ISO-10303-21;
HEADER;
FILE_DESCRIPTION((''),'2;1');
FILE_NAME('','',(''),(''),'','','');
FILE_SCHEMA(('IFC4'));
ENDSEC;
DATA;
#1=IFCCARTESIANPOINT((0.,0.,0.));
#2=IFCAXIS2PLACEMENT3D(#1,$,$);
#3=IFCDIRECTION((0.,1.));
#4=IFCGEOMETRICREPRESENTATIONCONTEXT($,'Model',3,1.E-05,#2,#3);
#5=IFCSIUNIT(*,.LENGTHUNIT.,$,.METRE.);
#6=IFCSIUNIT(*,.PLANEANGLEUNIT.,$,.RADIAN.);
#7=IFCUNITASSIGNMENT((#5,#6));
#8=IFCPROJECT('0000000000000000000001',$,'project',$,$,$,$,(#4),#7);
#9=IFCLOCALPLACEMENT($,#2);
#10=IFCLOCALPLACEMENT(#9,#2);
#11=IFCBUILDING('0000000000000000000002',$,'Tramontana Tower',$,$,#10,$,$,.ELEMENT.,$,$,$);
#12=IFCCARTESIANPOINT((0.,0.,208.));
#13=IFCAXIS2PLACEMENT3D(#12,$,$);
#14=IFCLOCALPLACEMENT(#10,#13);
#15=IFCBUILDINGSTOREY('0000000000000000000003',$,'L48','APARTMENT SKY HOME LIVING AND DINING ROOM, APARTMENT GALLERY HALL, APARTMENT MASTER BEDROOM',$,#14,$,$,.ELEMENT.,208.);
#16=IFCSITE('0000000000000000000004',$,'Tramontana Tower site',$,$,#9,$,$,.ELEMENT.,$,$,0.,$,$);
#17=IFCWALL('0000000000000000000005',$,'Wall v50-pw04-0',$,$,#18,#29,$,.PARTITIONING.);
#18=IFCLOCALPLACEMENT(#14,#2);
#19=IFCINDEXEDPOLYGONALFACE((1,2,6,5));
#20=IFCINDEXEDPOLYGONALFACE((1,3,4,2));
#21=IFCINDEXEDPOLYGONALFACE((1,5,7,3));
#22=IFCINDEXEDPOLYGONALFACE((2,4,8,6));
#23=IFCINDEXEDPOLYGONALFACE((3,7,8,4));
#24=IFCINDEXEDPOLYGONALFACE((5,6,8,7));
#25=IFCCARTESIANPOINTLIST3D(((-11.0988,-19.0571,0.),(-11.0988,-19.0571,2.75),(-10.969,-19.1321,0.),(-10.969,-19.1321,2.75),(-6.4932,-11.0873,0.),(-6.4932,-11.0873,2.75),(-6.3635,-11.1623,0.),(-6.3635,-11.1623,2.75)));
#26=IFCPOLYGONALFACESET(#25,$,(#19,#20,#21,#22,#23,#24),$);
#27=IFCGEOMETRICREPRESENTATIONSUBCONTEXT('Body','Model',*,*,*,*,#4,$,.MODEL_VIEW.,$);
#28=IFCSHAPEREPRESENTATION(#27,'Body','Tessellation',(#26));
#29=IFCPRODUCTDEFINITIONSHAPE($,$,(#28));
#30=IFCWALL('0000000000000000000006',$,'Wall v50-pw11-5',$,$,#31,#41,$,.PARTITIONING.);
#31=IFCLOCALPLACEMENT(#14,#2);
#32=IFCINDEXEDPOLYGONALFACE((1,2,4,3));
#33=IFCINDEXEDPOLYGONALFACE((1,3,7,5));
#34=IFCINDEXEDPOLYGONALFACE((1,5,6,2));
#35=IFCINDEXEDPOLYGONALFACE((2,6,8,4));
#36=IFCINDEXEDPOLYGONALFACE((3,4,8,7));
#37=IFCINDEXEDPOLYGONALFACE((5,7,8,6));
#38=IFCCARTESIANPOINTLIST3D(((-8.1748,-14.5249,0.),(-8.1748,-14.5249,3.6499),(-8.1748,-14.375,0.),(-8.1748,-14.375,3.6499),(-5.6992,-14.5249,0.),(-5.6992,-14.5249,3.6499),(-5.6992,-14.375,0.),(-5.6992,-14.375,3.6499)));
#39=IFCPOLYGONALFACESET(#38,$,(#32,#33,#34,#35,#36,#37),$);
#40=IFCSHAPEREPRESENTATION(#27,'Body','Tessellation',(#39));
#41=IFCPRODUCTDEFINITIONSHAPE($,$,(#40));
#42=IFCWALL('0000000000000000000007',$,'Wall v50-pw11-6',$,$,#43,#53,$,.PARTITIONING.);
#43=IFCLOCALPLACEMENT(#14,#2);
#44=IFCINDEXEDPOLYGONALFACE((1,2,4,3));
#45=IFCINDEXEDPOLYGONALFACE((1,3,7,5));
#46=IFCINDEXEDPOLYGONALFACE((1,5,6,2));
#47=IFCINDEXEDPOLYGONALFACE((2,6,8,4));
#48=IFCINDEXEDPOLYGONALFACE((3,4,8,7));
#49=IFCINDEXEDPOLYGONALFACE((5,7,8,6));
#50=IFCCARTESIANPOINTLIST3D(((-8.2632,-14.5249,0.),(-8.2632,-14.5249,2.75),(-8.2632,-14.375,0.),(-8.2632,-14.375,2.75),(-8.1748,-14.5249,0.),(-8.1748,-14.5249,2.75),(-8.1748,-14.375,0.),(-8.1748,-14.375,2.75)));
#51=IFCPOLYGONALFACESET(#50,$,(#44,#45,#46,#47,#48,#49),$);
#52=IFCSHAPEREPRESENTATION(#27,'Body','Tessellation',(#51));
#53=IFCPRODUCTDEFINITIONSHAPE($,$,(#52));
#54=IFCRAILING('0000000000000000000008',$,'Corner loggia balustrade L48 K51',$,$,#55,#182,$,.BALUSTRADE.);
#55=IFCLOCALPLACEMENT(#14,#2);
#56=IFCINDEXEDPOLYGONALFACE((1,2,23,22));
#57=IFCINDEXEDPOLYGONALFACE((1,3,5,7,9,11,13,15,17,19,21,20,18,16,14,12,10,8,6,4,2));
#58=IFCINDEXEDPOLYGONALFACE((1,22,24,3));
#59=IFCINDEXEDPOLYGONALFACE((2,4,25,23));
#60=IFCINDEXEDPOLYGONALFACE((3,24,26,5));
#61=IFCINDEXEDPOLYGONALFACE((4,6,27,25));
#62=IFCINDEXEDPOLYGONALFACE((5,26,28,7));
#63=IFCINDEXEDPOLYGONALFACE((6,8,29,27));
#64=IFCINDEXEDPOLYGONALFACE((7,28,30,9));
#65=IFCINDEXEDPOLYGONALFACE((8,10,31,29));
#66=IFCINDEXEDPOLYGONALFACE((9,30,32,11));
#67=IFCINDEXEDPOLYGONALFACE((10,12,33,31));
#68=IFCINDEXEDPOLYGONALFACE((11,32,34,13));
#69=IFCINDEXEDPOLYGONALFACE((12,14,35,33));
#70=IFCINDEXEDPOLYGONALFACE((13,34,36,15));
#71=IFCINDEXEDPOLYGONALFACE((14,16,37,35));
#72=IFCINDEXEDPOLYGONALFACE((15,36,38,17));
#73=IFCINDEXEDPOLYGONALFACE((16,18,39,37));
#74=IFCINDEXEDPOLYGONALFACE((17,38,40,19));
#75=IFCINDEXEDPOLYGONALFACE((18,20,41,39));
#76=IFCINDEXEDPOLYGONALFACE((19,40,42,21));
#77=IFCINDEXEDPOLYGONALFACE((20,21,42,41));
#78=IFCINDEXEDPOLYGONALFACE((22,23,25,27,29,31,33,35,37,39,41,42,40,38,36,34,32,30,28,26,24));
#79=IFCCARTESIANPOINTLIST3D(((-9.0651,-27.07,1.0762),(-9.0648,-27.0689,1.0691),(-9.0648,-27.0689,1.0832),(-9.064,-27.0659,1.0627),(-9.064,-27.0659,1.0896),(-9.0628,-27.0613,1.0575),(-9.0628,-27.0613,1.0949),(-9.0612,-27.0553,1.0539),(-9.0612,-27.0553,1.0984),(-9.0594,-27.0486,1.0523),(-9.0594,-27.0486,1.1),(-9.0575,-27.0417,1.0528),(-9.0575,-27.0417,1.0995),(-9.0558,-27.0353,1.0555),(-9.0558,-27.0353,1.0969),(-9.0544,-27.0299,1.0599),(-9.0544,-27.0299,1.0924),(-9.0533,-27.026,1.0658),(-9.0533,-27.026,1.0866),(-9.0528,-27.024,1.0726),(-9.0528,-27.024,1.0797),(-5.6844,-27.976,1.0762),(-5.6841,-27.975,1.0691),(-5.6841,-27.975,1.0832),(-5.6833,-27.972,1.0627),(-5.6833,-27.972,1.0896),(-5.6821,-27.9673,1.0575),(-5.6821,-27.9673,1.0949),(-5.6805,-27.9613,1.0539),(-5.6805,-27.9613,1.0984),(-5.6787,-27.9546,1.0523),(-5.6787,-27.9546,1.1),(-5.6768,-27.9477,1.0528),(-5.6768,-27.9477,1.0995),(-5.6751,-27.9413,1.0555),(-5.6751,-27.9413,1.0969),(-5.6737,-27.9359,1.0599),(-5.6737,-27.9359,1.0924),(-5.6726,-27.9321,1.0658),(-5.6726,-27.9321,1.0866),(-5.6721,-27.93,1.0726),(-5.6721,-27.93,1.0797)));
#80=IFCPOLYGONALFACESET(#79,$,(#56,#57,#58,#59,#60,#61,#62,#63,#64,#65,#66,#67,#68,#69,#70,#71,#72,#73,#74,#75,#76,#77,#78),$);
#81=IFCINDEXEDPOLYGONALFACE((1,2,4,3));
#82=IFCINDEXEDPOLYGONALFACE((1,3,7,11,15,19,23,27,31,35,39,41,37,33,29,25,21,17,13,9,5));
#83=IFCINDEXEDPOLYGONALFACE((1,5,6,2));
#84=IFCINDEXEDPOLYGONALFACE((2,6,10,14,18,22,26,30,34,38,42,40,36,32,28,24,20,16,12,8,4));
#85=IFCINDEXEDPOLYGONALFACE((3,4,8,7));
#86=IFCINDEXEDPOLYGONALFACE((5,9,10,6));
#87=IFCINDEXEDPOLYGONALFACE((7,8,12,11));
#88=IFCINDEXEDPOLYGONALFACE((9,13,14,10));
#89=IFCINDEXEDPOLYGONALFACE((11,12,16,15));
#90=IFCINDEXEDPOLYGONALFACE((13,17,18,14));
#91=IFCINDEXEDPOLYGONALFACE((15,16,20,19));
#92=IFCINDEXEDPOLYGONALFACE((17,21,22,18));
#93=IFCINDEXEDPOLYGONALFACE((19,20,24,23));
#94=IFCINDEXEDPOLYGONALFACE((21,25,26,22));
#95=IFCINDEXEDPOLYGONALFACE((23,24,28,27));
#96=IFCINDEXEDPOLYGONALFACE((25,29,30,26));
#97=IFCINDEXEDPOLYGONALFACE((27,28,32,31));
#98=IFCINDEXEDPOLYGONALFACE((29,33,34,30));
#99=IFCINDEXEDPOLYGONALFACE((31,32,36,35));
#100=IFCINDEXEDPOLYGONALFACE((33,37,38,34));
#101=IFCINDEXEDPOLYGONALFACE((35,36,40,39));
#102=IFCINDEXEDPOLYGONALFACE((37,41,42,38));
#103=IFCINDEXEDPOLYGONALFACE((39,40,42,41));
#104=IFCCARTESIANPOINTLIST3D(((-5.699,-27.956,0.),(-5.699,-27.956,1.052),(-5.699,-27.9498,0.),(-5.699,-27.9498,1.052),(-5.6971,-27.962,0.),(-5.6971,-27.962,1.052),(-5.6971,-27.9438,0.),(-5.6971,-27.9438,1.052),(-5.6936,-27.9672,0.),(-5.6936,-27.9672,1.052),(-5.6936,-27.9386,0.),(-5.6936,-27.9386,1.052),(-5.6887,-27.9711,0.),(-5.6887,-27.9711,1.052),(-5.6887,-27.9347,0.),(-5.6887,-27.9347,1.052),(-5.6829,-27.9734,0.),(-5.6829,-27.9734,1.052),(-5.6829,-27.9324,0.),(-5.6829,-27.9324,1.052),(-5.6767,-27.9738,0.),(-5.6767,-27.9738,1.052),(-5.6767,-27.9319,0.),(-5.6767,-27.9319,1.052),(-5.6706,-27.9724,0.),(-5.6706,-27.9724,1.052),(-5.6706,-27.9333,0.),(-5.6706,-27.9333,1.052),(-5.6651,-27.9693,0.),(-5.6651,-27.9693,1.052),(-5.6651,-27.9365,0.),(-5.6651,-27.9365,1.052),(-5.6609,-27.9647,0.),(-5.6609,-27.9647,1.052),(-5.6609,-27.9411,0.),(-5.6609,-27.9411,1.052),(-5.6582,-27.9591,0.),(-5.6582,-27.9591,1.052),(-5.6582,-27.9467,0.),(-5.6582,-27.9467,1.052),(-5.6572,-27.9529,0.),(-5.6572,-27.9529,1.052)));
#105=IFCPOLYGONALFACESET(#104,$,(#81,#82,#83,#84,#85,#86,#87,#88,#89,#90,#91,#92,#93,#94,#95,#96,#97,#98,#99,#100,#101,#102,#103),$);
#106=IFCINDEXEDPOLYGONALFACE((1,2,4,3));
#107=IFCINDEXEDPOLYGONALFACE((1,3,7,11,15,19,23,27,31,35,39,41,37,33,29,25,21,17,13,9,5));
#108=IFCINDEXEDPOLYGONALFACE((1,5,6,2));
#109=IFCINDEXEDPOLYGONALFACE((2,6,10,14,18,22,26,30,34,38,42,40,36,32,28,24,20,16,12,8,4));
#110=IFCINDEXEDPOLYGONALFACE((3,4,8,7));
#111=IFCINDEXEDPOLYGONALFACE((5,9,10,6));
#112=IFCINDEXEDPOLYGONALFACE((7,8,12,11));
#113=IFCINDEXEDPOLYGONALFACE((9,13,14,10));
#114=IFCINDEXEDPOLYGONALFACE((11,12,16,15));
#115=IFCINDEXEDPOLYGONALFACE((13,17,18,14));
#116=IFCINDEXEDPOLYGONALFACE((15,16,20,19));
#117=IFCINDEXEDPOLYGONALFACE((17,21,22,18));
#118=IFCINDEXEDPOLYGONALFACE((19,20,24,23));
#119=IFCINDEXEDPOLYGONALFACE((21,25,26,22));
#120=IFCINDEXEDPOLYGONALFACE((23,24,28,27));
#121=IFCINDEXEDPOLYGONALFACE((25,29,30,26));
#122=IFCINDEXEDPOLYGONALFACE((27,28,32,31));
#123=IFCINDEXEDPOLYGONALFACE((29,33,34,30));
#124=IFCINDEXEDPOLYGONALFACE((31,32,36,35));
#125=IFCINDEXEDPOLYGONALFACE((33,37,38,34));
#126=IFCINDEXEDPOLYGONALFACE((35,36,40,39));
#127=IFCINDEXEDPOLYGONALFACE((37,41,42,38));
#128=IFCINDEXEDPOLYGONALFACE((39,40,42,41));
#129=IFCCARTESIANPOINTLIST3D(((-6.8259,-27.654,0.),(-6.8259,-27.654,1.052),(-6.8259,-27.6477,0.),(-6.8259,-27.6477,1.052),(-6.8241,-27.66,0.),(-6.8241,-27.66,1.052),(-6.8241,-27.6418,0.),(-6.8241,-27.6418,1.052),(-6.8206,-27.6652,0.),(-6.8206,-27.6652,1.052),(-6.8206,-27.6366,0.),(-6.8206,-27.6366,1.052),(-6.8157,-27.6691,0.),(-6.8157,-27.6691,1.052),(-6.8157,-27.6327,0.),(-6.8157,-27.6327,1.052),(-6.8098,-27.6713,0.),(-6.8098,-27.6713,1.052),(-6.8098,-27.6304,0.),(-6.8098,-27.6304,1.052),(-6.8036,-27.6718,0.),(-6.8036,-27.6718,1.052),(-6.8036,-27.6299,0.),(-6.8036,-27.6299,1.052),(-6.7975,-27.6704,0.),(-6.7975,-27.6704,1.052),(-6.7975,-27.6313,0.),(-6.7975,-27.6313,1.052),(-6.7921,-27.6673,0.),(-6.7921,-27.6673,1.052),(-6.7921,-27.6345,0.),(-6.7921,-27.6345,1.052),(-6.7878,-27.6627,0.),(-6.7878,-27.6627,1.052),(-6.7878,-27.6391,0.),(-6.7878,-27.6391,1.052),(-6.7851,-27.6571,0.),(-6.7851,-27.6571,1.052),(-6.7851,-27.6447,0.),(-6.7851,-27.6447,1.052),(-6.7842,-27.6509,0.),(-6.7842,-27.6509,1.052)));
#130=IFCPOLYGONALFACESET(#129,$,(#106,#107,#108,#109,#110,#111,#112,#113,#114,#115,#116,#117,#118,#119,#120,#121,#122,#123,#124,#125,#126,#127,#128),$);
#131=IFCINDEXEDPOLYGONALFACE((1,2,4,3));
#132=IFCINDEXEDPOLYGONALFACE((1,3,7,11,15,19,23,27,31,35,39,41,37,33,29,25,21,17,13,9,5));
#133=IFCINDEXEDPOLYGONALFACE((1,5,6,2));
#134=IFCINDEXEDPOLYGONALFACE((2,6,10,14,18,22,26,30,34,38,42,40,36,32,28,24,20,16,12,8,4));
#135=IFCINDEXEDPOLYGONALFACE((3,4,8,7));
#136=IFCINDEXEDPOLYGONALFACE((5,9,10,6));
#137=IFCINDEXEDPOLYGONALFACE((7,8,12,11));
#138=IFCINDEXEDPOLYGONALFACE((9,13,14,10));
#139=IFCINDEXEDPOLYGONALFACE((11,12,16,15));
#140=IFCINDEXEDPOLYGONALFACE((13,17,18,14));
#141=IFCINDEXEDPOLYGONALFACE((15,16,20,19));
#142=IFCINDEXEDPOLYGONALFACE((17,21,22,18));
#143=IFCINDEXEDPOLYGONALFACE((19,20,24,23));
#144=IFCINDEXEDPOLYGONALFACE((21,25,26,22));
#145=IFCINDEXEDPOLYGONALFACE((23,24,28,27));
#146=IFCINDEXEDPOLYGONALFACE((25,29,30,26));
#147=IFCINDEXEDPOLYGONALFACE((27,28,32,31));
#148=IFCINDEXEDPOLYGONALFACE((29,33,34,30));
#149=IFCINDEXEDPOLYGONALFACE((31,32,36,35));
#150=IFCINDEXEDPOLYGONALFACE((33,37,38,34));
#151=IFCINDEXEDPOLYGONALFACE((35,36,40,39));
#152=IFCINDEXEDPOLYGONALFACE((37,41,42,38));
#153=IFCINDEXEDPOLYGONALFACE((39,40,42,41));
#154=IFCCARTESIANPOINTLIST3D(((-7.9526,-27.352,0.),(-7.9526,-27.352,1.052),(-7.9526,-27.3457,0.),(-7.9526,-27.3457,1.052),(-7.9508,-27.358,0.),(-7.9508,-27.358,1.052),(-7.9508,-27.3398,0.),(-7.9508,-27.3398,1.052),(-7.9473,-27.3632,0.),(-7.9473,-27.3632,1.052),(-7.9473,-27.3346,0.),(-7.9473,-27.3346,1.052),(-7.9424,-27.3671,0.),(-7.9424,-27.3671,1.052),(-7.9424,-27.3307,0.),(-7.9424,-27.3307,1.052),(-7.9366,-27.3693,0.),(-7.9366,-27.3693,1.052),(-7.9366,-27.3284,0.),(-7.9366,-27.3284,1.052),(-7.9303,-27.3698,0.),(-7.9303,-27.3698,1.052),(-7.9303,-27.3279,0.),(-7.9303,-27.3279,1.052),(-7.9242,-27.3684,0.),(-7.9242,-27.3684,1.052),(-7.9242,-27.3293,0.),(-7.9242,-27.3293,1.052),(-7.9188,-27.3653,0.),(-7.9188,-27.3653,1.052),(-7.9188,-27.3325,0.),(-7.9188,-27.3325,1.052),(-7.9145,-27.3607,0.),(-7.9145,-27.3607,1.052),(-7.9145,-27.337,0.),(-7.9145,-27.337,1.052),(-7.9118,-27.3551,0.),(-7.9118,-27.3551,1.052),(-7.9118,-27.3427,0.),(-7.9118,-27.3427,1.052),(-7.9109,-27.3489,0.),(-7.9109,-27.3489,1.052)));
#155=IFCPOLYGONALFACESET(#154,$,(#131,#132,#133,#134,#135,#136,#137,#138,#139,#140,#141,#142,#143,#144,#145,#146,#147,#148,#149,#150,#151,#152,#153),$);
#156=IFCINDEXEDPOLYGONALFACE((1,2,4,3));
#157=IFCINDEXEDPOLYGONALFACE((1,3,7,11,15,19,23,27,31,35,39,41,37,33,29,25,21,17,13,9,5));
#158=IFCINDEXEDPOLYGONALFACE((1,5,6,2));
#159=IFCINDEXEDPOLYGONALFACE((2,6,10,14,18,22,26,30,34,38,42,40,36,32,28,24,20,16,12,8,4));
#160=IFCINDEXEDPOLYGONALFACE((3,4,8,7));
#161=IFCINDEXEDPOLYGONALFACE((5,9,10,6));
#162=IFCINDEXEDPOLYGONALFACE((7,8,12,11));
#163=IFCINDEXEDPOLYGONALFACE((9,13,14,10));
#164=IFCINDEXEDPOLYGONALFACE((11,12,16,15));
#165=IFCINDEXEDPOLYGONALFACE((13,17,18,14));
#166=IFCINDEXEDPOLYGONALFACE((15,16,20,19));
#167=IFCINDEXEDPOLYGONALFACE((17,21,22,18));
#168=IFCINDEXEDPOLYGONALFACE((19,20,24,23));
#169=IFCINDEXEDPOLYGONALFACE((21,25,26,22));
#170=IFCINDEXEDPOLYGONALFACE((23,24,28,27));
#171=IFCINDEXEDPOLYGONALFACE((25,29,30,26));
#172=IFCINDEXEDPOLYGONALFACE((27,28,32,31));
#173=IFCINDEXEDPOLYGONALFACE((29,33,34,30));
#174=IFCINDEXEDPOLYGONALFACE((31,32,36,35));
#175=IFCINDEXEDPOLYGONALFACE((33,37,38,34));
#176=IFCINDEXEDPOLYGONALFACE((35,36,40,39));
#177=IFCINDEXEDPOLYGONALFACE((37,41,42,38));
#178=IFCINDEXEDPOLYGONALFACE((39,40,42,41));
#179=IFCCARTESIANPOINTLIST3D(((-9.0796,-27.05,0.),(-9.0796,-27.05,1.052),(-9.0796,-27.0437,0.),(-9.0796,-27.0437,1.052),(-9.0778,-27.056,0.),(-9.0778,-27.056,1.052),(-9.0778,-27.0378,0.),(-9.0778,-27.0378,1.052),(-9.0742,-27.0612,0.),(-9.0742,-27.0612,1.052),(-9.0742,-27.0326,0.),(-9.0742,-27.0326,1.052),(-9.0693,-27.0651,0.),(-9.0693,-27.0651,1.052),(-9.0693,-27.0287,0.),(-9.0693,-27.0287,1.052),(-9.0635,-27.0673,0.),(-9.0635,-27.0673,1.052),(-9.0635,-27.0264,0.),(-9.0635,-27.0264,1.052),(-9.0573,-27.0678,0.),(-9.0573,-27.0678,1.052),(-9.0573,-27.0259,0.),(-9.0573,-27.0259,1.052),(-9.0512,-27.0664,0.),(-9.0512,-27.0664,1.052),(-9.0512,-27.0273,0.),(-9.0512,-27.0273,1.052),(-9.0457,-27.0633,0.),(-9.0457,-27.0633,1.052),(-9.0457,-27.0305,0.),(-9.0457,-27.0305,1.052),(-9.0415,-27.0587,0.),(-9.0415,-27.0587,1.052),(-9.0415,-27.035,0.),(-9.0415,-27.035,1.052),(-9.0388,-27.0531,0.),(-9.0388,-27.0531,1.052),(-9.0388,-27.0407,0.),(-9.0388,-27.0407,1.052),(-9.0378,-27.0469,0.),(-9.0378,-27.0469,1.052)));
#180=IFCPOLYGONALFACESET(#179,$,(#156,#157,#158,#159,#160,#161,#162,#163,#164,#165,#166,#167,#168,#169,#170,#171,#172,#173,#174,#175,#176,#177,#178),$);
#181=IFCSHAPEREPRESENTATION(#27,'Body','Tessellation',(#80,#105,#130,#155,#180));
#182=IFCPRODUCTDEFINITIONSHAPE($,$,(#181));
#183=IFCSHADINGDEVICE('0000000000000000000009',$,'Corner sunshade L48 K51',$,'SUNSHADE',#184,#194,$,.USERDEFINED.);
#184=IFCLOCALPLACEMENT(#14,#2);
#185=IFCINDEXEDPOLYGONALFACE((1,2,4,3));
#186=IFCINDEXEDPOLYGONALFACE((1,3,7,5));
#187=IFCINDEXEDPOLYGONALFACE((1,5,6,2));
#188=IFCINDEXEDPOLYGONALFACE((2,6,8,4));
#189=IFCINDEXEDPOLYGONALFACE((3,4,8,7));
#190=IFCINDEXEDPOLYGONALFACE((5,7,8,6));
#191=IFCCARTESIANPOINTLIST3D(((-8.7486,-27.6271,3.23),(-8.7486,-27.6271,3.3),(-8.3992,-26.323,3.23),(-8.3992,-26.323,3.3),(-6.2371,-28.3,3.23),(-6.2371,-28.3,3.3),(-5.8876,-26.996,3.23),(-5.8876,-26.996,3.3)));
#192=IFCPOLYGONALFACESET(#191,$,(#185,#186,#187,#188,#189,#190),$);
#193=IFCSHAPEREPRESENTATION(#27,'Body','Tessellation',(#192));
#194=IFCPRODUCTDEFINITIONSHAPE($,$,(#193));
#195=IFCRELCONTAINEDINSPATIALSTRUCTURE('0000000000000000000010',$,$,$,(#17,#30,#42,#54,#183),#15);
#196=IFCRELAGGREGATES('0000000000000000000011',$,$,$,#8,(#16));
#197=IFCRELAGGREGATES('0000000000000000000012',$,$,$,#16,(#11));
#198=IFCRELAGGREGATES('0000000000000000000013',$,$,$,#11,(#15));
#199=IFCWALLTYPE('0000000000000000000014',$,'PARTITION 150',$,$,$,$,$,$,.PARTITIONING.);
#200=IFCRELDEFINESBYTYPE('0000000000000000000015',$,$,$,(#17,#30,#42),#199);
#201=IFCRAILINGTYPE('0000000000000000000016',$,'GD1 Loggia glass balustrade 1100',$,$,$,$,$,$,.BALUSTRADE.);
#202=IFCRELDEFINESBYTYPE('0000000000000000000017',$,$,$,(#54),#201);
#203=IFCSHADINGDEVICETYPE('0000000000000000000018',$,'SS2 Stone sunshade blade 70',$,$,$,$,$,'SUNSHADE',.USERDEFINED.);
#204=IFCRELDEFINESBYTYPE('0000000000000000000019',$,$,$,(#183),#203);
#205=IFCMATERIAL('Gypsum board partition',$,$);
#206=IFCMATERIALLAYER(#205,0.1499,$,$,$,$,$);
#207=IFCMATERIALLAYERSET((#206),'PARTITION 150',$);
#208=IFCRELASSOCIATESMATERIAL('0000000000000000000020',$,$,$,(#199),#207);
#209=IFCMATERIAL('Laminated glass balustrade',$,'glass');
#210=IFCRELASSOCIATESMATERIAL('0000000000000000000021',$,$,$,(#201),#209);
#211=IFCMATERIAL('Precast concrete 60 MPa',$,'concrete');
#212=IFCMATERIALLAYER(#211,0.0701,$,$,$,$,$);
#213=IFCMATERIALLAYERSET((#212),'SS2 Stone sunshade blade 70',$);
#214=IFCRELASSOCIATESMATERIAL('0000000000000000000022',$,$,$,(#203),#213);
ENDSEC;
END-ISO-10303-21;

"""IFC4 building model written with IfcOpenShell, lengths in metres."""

from ifc_helpers import new_model, si_unit, direction, frame, frame_2d, origin, origin_2d, place, context, subcontext, project, spatial, rectangle, circle, extrude, material, layer, layer_set, type_object, element, save


model = new_model("IFC4")

# Units and contexts
model_context = context("Model", 3, precision=1e-05, world=origin(), true_north=direction((0.0, 1.0)))
body_context = subcontext(model_context, "Body", "Model", "MODEL_VIEW")
ifc_project = project(units=[si_unit("LENGTHUNIT", "METRE"), si_unit("PLANEANGLEUNIT", "RADIAN")], contexts=[model_context])

# Site, building, storey
site_placement = place(None, origin())
site = spatial("IfcSite", under=ifc_project, at=site_placement, Name="Tramontana Tower site", CompositionType="ELEMENT", RefElevation=0.0)
building_placement = place(site_placement, origin())
building = spatial("IfcBuilding", under=site, at=building_placement, Name="Tramontana Tower", CompositionType="ELEMENT")
storey_placement = place(building_placement, frame((0.0, 0.0, 208.0)))
storey = spatial("IfcBuildingStorey", under=building, at=storey_placement, Name="L48", Description="APARTMENT SKY HOME LIVING AND DINING ROOM, APARTMENT GALLERY HALL, APARTMENT MASTER BEDROOM", CompositionType="ELEMENT", Elevation=208.0)

# Walls
ifc_material_1 = material(Name="Gypsum board partition")
ifc_layer_1 = layer(ifc_material_1, 0.1499)
ifc_layer_set_1 = layer_set([ifc_layer_1], Name="PARTITION 150")
wall_type_1 = type_object("IfcWallType", Name="PARTITION 150", PredefinedType="PARTITIONING", material=ifc_layer_set_1)
wall_1_placement = place(storey_placement, frame((-11.0339, -19.0947, 0.0), z_axis=(0.0, 0.0, 1.0), x_axis=(0.500338, 0.86583, 0.0)))
element("IfcWall", 1, at=wall_1_placement, inside=storey, type_object=wall_type_1, Name="Wall v50-pw04-0", PredefinedType="PARTITIONING", context=body_context, shape_type="SweptSolid", body=[
    extrude(rectangle(XDim=9.2048, YDim=0.1499, at=frame_2d((4.6025, 0.0))), origin(), (0.0, 0.0, 1.0), 2.75),
])
wall_2_placement = place(storey_placement, frame((-5.6992, -14.45, 0.0), z_axis=(0.0, 0.0, 1.0), x_axis=(-1.0, 0.0, 0.0)))
element("IfcWall", 2, at=wall_2_placement, inside=storey, type_object=wall_type_1, Name="Wall v50-pw11-5", PredefinedType="PARTITIONING", context=body_context, shape_type="SweptSolid", body=[
    extrude(rectangle(XDim=2.4756, YDim=0.1499, at=frame_2d((1.2378, 0.0))), origin(), (0.0, 0.0, 1.0), 3.6499),
])
wall_3_placement = place(storey_placement, frame((-8.1748, -14.45, 0.0), z_axis=(0.0, 0.0, 1.0), x_axis=(-1.0, 0.0, 0.0)))
element("IfcWall", 3, at=wall_3_placement, inside=storey, type_object=wall_type_1, Name="Wall v50-pw11-6", PredefinedType="PARTITIONING", context=body_context, shape_type="SweptSolid", body=[
    extrude(rectangle(XDim=0.0884, YDim=0.1499, at=frame_2d((0.0442, 0.0))), origin(), (0.0, 0.0, 1.0), 2.75),
])

# Railing
ifc_material_2 = material(Name="Laminated glass balustrade", Category="glass")
railing_type = type_object("IfcRailingType", Name="GD1 Loggia glass balustrade 1100", PredefinedType="BALUSTRADE", material=ifc_material_2)
railing_placement = place(storey_placement, frame((-5.6782, -27.9529, 0.0)))
element("IfcRailing", 4, at=railing_placement, inside=storey, type_object=railing_type, Name="Corner loggia balustrade L48 K51", PredefinedType="BALUSTRADE", context=body_context, shape_type="SweptSolid", body=[
    extrude(circle(Radius=0.0239, at=origin_2d()), frame((0.0, 0.0, 1.0762), z_axis=(-0.965913, 0.258865, 0.0), x_axis=(-0.258865, -0.965913, 0.0)), (0.0, 0.0, 1.0), 3.5),
    extrude(circle(Radius=0.021, at=origin_2d()), origin(), (0.0, 0.0, 1.0), 1.052),
    extrude(circle(Radius=0.021, at=origin_2d()), frame((-1.127, 0.302, 0.0)), (0.0, 0.0, 1.0), 1.052),
    extrude(circle(Radius=0.021, at=origin_2d()), frame((-2.2537, 0.604, 0.0)), (0.0, 0.0, 1.0), 1.052),
    extrude(circle(Radius=0.021, at=origin_2d()), frame((-3.3806, 0.906, 0.0)), (0.0, 0.0, 1.0), 1.052),
])

# Shading device
ifc_material_3 = material(Name="Precast concrete 60 MPa", Category="concrete")
ifc_layer_2 = layer(ifc_material_3, 0.0701)
ifc_layer_set_2 = layer_set([ifc_layer_2], Name="SS2 Stone sunshade blade 70")
shading_device_type = type_object("IfcShadingDeviceType", Name="SS2 Stone sunshade blade 70", ElementType="SUNSHADE", PredefinedType="USERDEFINED", material=ifc_layer_set_2)
shading_device_placement = place(storey_placement, frame((-7.3181, -27.3115, 3.23), z_axis=(0.0, 0.0, 1.0), x_axis=(-0.965926, 0.258819, 0.0)))
element("IfcShadingDevice", 5, at=shading_device_placement, inside=storey, type_object=shading_device_type, Name="Corner sunshade L48 K51", ObjectType="SUNSHADE", PredefinedType="USERDEFINED", context=body_context, shape_type="SweptSolid", body=[
    extrude(rectangle(XDim=2.6001, YDim=1.3501, at=origin_2d()), origin(), (0.0, 0.0, 1.0), 0.0701),
])

save(model, "model.ifc")
